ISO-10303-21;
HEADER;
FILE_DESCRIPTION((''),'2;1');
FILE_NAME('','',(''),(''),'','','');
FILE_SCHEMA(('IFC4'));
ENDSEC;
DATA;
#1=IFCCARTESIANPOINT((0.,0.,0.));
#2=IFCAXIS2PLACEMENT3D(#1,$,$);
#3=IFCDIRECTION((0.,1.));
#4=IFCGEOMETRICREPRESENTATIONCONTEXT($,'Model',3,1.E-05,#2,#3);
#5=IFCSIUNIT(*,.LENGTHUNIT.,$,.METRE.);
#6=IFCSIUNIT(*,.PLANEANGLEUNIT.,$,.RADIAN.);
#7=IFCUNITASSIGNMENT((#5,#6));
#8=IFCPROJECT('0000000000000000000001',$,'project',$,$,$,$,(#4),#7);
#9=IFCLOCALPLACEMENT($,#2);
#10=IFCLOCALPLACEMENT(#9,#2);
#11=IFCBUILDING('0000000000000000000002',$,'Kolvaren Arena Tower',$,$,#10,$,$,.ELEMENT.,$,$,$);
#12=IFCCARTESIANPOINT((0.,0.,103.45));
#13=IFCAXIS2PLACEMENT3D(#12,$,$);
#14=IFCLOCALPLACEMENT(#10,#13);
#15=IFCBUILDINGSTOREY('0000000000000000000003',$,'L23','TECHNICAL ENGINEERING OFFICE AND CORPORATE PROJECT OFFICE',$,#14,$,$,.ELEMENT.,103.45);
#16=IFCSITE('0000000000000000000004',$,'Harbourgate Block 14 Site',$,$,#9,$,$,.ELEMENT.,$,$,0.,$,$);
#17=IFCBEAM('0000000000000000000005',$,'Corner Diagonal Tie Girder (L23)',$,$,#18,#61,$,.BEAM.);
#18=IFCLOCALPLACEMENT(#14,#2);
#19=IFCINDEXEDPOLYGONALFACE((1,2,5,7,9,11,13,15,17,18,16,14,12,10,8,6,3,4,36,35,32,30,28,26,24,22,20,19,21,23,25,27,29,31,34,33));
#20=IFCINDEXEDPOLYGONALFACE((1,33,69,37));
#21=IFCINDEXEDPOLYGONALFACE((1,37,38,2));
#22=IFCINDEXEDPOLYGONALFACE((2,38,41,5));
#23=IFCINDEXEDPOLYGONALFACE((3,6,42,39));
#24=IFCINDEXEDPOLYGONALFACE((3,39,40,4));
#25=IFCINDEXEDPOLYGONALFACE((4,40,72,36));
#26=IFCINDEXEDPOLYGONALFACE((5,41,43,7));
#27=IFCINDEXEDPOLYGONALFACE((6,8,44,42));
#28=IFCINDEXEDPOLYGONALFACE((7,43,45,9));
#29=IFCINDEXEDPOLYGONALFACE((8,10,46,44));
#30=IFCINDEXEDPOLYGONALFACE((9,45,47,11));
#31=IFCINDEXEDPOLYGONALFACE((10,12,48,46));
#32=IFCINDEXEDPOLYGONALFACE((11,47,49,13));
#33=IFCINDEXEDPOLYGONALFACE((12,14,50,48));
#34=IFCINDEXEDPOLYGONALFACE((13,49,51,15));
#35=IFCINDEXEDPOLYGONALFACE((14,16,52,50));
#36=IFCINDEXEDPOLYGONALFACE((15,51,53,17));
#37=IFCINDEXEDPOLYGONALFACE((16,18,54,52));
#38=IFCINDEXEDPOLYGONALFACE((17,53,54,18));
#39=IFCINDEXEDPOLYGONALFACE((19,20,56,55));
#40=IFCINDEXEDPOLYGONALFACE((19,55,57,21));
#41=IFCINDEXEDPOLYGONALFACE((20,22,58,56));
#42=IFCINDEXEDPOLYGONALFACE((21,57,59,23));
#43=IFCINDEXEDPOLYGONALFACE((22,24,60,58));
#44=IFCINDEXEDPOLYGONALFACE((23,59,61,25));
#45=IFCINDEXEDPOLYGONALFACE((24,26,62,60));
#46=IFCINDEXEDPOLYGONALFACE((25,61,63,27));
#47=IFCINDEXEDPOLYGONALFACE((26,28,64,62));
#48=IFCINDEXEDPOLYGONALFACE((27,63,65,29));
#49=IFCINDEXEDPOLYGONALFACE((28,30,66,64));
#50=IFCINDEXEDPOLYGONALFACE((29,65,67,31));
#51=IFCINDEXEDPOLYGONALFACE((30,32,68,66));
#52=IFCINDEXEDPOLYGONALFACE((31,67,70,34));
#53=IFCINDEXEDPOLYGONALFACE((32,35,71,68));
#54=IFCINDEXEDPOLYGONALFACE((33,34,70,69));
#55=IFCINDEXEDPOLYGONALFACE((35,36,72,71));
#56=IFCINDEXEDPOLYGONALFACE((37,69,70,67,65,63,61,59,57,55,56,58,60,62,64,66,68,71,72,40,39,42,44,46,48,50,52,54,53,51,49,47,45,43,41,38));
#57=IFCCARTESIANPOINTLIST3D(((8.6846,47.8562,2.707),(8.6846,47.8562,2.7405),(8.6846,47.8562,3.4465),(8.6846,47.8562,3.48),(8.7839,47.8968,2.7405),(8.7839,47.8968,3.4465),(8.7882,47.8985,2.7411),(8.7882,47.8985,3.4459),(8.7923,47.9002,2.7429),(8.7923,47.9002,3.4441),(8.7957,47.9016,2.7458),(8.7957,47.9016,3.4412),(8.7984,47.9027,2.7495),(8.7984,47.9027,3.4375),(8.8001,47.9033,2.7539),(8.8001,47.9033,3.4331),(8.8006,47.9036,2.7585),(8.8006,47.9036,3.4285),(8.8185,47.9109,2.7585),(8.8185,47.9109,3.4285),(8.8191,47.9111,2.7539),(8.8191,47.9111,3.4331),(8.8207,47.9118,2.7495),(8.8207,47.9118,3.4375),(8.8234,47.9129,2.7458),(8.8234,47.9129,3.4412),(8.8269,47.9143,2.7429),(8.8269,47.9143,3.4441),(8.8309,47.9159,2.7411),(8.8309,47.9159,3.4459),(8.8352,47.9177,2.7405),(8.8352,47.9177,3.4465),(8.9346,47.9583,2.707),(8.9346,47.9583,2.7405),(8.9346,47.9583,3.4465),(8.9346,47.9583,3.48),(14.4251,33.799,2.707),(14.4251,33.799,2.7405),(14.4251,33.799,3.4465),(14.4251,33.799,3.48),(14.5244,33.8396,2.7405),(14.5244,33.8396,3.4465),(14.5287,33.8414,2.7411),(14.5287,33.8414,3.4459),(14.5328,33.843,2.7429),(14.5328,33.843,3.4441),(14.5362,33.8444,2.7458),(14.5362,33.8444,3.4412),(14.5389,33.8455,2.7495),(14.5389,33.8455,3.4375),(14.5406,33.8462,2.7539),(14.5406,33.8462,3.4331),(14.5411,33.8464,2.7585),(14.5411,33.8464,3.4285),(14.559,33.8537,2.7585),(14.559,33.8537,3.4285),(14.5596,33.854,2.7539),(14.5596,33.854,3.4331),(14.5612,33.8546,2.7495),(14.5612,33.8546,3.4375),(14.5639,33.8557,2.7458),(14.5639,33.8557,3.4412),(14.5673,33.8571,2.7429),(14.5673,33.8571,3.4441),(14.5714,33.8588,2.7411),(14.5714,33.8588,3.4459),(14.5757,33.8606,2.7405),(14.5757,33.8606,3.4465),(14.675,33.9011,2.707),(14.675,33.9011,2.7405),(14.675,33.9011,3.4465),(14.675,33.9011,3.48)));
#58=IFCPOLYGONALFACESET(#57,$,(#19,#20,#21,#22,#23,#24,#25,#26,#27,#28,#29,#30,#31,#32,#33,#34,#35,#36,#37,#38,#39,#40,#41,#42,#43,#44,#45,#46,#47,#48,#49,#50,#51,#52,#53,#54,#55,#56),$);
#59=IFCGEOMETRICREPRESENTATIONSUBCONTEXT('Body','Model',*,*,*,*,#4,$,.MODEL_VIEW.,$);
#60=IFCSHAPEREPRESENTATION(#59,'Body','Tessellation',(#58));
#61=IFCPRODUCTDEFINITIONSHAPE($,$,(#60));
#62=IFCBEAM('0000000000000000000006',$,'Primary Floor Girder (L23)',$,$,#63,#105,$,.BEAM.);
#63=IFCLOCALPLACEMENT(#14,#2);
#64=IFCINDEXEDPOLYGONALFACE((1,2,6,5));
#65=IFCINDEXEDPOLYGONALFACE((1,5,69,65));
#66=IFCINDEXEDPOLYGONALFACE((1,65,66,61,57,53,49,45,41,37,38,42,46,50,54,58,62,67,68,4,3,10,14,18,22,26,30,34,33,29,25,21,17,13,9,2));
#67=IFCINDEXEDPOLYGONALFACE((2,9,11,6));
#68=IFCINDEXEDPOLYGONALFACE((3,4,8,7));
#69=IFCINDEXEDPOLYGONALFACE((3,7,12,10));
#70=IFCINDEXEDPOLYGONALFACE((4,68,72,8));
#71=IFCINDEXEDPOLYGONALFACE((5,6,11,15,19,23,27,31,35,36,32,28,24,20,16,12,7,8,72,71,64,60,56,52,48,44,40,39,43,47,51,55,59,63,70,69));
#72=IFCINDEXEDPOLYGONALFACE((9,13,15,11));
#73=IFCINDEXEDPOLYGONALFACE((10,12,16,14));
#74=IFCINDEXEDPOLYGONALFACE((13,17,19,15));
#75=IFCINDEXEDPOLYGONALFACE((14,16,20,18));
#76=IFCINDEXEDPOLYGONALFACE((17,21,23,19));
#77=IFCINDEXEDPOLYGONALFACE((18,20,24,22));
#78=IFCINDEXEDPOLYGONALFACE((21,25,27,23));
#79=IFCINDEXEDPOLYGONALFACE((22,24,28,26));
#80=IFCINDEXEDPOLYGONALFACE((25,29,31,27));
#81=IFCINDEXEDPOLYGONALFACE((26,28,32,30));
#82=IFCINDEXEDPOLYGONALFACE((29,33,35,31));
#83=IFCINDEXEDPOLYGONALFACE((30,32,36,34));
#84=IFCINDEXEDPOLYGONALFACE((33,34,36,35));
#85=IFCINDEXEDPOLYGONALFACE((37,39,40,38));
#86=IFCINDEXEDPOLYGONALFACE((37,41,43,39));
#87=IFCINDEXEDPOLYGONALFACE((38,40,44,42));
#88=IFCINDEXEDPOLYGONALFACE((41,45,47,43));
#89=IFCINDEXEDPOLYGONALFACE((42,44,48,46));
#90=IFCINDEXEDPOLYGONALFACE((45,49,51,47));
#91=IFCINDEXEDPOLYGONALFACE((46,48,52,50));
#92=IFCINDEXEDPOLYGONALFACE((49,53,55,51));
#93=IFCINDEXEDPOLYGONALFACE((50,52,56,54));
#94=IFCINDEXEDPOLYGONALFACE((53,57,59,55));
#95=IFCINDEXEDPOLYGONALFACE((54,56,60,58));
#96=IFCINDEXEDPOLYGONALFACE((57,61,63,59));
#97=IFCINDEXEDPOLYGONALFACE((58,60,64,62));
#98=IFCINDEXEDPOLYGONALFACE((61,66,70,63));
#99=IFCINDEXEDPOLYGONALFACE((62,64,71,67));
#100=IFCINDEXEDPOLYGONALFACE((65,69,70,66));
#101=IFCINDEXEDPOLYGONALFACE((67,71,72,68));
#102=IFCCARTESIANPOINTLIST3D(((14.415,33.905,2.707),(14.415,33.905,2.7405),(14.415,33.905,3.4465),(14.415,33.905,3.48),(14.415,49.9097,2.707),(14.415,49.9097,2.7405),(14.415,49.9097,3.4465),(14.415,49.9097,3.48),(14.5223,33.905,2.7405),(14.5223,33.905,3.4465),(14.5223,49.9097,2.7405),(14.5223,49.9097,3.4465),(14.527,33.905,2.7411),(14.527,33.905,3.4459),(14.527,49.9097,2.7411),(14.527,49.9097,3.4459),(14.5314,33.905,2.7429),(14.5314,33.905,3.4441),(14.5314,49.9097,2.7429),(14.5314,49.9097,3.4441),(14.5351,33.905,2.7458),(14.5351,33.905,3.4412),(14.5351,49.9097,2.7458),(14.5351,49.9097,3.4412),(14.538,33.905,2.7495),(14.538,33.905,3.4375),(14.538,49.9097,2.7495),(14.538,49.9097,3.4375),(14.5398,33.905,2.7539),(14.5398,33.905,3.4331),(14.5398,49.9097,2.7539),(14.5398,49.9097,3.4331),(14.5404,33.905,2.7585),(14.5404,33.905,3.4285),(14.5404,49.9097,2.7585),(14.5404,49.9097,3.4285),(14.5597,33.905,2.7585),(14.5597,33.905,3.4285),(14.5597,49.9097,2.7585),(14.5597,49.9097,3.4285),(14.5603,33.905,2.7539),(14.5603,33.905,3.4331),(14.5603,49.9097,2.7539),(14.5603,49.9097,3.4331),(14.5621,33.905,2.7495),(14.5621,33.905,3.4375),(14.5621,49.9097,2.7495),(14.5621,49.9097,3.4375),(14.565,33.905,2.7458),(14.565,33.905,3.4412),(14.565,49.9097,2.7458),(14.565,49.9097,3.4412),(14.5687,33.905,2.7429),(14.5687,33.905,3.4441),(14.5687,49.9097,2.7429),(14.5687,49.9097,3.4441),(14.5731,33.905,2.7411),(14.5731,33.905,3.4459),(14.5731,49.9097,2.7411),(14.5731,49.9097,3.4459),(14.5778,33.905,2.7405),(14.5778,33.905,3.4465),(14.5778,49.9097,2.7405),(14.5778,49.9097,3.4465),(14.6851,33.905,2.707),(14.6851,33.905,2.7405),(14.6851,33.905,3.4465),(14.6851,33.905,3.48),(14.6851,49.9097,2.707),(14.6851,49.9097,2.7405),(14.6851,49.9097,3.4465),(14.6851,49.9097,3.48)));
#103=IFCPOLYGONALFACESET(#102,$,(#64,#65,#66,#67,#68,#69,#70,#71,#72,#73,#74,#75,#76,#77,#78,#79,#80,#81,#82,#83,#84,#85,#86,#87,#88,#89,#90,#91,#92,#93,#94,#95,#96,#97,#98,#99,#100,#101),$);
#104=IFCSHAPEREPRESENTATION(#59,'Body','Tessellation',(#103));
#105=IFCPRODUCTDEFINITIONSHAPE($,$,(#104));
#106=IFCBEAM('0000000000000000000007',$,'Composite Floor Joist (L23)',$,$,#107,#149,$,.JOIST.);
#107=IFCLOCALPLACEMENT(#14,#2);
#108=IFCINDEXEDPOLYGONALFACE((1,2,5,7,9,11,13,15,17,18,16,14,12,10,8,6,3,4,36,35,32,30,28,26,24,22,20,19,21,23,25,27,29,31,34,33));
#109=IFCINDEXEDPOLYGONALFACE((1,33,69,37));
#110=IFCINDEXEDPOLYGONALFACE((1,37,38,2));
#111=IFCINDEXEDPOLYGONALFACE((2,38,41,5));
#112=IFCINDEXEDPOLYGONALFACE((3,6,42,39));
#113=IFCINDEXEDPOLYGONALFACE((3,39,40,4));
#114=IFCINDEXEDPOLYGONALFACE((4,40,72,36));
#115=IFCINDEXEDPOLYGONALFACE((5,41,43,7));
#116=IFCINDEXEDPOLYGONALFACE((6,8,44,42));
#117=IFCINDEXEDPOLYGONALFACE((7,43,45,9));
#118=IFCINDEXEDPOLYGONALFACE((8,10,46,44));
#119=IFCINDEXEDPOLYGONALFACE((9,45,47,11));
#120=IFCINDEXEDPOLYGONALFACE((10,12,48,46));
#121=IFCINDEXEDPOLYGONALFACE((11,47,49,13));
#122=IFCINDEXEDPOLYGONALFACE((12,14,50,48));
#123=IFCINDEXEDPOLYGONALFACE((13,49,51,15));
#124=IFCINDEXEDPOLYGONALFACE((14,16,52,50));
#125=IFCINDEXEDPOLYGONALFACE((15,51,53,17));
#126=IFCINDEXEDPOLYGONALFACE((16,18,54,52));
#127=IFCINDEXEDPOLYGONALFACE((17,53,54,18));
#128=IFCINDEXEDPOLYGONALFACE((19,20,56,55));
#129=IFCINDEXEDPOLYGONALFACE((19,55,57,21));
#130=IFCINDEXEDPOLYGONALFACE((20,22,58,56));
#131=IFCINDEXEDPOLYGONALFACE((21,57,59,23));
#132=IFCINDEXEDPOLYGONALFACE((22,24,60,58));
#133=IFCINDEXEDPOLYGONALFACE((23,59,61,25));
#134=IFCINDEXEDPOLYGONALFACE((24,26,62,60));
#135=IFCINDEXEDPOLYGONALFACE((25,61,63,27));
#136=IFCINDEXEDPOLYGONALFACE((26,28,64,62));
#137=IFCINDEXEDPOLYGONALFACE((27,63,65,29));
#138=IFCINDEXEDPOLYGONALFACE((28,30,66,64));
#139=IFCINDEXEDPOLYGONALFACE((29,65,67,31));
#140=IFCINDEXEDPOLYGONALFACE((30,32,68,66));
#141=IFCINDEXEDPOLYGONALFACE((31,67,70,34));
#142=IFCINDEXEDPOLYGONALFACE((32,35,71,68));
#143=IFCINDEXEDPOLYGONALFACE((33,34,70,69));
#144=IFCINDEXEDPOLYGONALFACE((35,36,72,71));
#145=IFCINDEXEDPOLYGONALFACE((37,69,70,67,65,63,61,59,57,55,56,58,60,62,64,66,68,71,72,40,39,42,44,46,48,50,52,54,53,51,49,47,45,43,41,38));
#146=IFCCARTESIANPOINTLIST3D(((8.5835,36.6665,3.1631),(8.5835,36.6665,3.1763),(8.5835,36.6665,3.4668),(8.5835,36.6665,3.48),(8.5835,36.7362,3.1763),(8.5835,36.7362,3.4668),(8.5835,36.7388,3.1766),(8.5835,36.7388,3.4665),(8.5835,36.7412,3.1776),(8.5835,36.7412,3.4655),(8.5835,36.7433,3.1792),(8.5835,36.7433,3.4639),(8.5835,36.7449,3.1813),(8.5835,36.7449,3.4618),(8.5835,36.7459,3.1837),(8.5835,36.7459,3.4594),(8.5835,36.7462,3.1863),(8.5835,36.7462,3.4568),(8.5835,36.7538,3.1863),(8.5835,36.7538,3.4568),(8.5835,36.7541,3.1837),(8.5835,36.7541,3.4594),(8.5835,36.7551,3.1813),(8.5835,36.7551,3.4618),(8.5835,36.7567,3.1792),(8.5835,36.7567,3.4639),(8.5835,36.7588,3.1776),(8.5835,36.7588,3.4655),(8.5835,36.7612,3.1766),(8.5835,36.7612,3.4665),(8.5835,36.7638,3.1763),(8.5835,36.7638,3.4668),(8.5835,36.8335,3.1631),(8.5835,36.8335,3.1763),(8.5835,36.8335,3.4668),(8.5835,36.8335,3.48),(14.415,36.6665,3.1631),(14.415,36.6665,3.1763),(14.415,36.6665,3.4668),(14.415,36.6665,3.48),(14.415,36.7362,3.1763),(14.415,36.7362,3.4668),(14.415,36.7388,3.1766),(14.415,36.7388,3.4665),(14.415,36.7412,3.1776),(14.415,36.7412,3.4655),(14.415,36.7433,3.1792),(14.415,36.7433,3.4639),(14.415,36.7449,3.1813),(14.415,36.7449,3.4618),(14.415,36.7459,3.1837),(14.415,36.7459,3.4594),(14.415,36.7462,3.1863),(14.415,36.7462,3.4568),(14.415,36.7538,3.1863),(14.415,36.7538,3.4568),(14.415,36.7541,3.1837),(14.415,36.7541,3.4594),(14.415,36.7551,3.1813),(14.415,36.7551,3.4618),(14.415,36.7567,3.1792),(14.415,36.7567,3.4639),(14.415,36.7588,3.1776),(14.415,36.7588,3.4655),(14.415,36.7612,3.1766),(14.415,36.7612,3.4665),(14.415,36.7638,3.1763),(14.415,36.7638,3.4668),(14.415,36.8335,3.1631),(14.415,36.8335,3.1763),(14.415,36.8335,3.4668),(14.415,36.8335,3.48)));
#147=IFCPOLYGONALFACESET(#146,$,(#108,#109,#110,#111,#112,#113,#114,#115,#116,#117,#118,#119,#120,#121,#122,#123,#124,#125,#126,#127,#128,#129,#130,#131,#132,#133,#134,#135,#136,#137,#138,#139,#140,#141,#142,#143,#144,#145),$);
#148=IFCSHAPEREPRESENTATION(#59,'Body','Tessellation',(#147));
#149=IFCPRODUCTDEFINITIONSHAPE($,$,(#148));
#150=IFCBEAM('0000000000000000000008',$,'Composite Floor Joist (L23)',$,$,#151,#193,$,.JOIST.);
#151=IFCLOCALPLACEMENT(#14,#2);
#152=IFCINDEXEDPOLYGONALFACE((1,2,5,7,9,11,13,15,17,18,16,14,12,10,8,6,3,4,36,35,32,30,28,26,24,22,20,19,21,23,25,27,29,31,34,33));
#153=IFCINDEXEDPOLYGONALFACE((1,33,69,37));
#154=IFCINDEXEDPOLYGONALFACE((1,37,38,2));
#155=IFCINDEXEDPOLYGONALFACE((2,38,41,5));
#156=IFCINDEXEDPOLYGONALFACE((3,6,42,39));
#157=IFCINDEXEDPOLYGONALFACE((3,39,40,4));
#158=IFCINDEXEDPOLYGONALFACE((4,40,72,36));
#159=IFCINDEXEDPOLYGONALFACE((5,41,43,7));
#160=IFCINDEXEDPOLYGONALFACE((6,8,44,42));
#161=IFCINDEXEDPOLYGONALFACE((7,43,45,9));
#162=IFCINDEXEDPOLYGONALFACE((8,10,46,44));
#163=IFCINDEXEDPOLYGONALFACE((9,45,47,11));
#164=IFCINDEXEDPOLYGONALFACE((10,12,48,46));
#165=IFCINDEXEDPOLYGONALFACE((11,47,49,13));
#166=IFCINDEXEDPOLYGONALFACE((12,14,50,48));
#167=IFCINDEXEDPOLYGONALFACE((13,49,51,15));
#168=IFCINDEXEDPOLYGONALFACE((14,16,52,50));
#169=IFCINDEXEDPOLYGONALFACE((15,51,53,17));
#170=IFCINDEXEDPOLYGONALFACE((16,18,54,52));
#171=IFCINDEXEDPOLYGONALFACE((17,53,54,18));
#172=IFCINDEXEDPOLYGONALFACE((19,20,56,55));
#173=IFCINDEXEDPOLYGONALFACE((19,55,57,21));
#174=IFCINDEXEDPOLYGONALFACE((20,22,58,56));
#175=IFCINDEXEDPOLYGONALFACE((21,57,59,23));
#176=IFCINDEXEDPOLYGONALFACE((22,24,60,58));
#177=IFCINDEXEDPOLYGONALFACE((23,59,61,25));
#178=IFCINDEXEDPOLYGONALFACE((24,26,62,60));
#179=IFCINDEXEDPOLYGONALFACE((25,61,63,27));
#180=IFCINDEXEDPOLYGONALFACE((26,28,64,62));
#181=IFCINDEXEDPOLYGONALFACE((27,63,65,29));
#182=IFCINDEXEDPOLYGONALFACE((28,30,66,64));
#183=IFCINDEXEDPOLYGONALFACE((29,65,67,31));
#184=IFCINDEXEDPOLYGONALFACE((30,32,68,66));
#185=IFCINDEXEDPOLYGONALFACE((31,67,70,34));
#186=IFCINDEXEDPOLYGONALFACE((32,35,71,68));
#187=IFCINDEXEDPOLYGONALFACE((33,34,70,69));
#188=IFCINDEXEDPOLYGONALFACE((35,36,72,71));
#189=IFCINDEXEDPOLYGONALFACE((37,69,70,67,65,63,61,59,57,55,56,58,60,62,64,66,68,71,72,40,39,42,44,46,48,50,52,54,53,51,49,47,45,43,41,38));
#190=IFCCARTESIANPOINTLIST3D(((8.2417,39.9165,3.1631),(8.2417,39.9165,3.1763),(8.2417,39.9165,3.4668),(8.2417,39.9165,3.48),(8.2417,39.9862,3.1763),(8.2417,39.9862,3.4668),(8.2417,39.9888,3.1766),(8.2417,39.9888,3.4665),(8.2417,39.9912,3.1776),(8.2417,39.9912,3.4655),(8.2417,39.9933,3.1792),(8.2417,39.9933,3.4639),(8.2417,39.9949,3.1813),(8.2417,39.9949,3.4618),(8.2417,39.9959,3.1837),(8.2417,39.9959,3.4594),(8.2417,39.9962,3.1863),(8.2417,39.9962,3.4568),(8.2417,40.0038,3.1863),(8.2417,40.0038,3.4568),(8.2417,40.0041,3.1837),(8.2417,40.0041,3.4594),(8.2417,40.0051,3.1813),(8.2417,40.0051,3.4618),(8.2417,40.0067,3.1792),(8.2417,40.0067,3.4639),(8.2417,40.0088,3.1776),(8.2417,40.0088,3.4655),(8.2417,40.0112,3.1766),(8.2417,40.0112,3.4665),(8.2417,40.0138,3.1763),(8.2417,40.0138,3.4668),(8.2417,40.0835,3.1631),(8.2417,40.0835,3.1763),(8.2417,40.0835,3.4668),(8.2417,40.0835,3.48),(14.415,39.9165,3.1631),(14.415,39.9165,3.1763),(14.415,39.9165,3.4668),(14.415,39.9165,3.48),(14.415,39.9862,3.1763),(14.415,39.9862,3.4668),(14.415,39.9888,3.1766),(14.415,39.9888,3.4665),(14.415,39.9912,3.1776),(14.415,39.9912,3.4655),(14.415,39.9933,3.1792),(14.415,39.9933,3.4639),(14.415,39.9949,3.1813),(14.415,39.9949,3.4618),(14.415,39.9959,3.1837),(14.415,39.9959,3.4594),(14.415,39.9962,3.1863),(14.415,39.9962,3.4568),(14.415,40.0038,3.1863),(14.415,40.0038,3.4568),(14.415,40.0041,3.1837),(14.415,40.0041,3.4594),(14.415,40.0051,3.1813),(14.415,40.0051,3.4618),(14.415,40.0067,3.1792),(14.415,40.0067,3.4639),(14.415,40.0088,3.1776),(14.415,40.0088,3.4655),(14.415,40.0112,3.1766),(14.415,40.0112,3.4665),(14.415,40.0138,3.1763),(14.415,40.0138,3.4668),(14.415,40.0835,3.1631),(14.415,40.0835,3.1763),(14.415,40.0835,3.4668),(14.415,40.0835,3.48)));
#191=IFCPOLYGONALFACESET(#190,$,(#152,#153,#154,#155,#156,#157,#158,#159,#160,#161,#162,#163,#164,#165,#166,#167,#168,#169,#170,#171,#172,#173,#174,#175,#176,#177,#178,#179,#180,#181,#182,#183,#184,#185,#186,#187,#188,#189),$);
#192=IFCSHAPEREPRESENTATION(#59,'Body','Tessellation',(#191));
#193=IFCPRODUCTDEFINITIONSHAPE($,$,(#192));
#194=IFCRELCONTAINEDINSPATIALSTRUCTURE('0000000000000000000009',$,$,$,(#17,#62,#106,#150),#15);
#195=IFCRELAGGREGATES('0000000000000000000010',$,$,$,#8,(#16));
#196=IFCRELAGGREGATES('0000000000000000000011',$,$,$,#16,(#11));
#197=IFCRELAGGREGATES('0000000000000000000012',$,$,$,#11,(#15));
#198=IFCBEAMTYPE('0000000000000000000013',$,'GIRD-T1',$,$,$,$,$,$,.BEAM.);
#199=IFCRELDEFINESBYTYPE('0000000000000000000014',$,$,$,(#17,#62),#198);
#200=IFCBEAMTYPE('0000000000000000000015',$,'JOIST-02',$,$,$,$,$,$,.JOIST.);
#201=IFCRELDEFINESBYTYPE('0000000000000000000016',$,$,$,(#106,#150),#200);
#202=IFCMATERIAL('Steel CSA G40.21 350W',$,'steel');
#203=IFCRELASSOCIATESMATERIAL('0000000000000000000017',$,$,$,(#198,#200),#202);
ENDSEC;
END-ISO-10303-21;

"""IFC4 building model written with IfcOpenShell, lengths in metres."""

from ifc_helpers import new_model, si_unit, direction, frame, origin, origin_2d, place, context, subcontext, project, spatial, i_section, extrude, material, material_profile, profile_set, type_object, element, save


model = new_model("IFC4")

# Units and contexts
model_context = context("Model", 3, precision=1e-05, world=origin(), true_north=direction((0.0, 1.0)))
body_context = subcontext(model_context, "Body", "Model", "MODEL_VIEW")
ifc_project = project(units=[si_unit("LENGTHUNIT", "METRE"), si_unit("PLANEANGLEUNIT", "RADIAN")], contexts=[model_context])

# Site, building, storey
site_placement = place(None, origin())
site = spatial("IfcSite", under=ifc_project, at=site_placement, Name="Harbourgate Block 14 Site", CompositionType="ELEMENT", RefElevation=0.0)
building_placement = place(site_placement, origin())
building = spatial("IfcBuilding", under=site, at=building_placement, Name="Kolvaren Arena Tower", CompositionType="ELEMENT")
storey_placement = place(building_placement, frame((0.0, 0.0, 103.45)))
storey = spatial("IfcBuildingStorey", under=building, at=storey_placement, Name="L23", Description="TECHNICAL ENGINEERING OFFICE AND CORPORATE PROJECT OFFICE", CompositionType="ELEMENT", Elevation=103.45)

# Beams
ifc_material_1 = material(Name="Steel CSA G40.21 350W", Category="steel")
ifc_material_profile_1 = material_profile(ifc_material_1, i_section(OverallWidth=0.27, OverallDepth=0.7729, WebThickness=0.0193, FlangeThickness=0.0334, FilletRadius=0.0181, at=origin_2d()), Name="W760x257")
ifc_profile_set_1 = profile_set([ifc_material_profile_1], Name="Steel CSA G40.21 350W")
beam_type_1 = type_object("IfcBeamType", Name="GIRD-T1", PredefinedType="BEAM", material=ifc_profile_set_1)
beam_1_placement = place(storey_placement, frame((8.8096, 47.9072, 3.0935), z_axis=(0.378059, -0.925781, 0.0), x_axis=(0.925781, 0.378059, 0.0)))
element("IfcBeam", 1, at=beam_1_placement, inside=storey, type_object=beam_type_1, Name="Corner Diagonal Tie Girder (L23)", PredefinedType="BEAM", context=body_context, shape_type="SweptSolid", body=[
    extrude(i_section(OverallWidth=0.27, OverallDepth=0.7729, WebThickness=0.0193, FlangeThickness=0.0334, FilletRadius=0.0181, at=origin_2d()), origin(), (0.0, 0.0, 1.0), 15.1841),
])
beam_2_placement = place(storey_placement, frame((14.55, 33.905, 3.0935), z_axis=(0.0, 1.0, 0.0), x_axis=(-1.0, 0.0, 0.0)))
element("IfcBeam", 2, at=beam_2_placement, inside=storey, type_object=beam_type_1, Name="Primary Floor Girder (L23)", PredefinedType="BEAM", context=body_context, shape_type="SweptSolid", body=[
    extrude(i_section(OverallWidth=0.27, OverallDepth=0.7729, WebThickness=0.0193, FlangeThickness=0.0334, FilletRadius=0.0181, at=origin_2d()), origin(), (0.0, 0.0, 1.0), 16.0046),
])
ifc_material_profile_2 = material_profile(ifc_material_1, i_section(OverallWidth=0.167, OverallDepth=0.3169, WebThickness=0.0076, FlangeThickness=0.0132, FilletRadius=0.01, at=origin_2d()), Name="W310x52")
ifc_profile_set_2 = profile_set([ifc_material_profile_2], Name="Steel CSA G40.21 350W")
beam_type_2 = type_object("IfcBeamType", Name="JOIST-02", PredefinedType="JOIST", material=ifc_profile_set_2)
beam_3_placement = place(storey_placement, frame((8.5835, 36.75, 3.3215), z_axis=(1.0, 0.0, 0.0), x_axis=(0.0, 1.0, 0.0)))
element("IfcBeam", 3, at=beam_3_placement, inside=storey, type_object=beam_type_2, Name="Composite Floor Joist (L23)", PredefinedType="JOIST", context=body_context, shape_type="SweptSolid", body=[
    extrude(i_section(OverallWidth=0.167, OverallDepth=0.3169, WebThickness=0.0076, FlangeThickness=0.0132, FilletRadius=0.01, at=origin_2d()), origin(), (0.0, 0.0, 1.0), 5.8315),
])
beam_4_placement = place(storey_placement, frame((8.2417, 40.0, 3.3215), z_axis=(1.0, 0.0, 0.0), x_axis=(0.0, 1.0, 0.0)))
element("IfcBeam", 4, at=beam_4_placement, inside=storey, type_object=beam_type_2, Name="Composite Floor Joist (L23)", PredefinedType="JOIST", context=body_context, shape_type="SweptSolid", body=[
    extrude(i_section(OverallWidth=0.167, OverallDepth=0.3169, WebThickness=0.0076, FlangeThickness=0.0132, FilletRadius=0.01, at=origin_2d()), origin(), (0.0, 0.0, 1.0), 6.1733),
])

save(model, "model.ifc")
